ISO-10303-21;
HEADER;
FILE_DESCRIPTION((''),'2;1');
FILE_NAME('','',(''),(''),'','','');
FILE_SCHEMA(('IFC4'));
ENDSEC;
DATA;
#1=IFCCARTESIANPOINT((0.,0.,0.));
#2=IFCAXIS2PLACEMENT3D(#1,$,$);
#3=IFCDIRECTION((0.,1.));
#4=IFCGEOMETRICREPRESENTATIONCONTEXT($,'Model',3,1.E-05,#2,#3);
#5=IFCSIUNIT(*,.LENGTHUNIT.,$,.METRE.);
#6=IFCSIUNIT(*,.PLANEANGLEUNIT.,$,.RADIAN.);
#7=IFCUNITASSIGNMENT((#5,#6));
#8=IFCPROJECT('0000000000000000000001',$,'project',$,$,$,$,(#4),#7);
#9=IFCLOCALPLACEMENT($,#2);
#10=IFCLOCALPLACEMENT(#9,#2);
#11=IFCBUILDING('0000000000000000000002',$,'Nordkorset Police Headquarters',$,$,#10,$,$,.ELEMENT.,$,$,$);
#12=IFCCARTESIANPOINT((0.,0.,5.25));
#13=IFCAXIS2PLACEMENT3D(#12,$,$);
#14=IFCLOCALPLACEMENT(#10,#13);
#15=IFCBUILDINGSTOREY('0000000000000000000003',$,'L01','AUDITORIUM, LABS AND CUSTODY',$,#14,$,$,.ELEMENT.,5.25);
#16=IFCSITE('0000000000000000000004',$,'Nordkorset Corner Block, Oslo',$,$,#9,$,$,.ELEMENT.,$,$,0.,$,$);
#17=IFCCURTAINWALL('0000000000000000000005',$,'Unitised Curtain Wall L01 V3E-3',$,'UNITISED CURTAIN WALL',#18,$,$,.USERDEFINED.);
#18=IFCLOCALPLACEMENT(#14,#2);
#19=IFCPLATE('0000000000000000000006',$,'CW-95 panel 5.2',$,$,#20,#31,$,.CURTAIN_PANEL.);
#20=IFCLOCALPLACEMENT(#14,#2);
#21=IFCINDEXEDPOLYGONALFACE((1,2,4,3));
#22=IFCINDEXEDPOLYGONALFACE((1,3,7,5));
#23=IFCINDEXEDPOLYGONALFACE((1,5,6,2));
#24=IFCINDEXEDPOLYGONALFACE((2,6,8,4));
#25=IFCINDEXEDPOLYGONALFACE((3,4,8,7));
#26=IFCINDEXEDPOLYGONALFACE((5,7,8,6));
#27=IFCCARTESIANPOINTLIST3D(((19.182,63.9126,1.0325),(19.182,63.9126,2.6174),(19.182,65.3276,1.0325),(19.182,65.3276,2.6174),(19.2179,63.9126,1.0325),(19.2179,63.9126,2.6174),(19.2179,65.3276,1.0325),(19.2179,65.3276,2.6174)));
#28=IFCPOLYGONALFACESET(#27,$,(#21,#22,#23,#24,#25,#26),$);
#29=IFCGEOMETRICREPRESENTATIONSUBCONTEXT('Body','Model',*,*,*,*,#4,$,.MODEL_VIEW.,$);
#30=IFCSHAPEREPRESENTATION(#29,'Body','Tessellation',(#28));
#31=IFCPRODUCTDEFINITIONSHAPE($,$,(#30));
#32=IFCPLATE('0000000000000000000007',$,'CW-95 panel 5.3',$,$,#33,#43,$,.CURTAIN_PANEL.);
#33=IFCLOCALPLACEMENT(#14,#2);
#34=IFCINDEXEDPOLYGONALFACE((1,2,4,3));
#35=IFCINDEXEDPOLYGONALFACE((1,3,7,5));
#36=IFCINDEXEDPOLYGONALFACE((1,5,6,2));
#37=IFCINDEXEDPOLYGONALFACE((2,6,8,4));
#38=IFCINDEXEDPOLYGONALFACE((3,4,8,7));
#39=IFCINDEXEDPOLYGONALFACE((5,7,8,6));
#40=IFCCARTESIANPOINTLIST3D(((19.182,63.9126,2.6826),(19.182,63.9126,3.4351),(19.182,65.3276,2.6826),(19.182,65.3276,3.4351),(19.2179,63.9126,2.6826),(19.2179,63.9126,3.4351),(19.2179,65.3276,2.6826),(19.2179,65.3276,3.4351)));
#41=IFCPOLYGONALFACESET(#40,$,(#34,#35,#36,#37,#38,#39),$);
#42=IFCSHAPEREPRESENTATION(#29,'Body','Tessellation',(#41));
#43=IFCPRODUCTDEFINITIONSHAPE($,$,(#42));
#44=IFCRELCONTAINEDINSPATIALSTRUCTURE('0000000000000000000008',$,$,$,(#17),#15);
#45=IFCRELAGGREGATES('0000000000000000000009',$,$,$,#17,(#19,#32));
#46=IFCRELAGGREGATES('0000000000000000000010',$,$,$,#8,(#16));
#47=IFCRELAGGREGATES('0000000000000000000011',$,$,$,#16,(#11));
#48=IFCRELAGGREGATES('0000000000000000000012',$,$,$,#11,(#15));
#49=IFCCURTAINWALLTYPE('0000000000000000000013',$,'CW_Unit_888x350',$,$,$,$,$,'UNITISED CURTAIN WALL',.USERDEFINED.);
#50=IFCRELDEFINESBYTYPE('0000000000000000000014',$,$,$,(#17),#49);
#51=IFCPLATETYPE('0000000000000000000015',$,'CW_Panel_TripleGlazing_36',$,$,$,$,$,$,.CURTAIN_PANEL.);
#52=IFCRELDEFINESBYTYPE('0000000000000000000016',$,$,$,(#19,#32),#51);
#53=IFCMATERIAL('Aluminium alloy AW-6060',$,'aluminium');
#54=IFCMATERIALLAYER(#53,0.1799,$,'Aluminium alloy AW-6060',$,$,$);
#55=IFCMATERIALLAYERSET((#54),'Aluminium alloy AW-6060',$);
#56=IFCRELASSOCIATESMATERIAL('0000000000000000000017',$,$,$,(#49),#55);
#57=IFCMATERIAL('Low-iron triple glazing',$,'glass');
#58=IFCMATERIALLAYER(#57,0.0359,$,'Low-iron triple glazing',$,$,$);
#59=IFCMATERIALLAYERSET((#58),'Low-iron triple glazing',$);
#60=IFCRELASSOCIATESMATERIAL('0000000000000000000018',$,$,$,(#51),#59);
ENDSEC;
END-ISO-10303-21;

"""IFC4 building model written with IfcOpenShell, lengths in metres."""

from ifc_helpers import new_model, si_unit, direction, frame, origin, origin_2d, place, context, subcontext, project, spatial, rectangle, extrude, material, layer, layer_set, type_object, element, aggregate, save


model = new_model("IFC4")

# Units and contexts
model_context = context("Model", 3, precision=1e-05, world=origin(), true_north=direction((0.0, 1.0)))
body_context = subcontext(model_context, "Body", "Model", "MODEL_VIEW")
ifc_project = project(units=[si_unit("LENGTHUNIT", "METRE"), si_unit("PLANEANGLEUNIT", "RADIAN")], contexts=[model_context])

# Site, building, storey
site_placement = place(None, origin())
site = spatial("IfcSite", under=ifc_project, at=site_placement, Name="Nordkorset Corner Block, Oslo", CompositionType="ELEMENT", RefElevation=0.0)
building_placement = place(site_placement, origin())
building = spatial("IfcBuilding", under=site, at=building_placement, Name="Nordkorset Police Headquarters", CompositionType="ELEMENT")
storey_placement = place(building_placement, frame((0.0, 0.0, 5.25)))
storey = spatial("IfcBuildingStorey", under=building, at=storey_placement, Name="L01", Description="AUDITORIUM, LABS AND CUSTODY", CompositionType="ELEMENT", Elevation=5.25)

# Curtain wall
ifc_material_1 = material(Name="Aluminium alloy AW-6060", Category="aluminium")
ifc_layer_1 = layer(ifc_material_1, 0.1799, Name="Aluminium alloy AW-6060")
ifc_layer_set_1 = layer_set([ifc_layer_1], Name="Aluminium alloy AW-6060")
curtain_wall_type = type_object("IfcCurtainWallType", Name="CW_Unit_888x350", ElementType="UNITISED CURTAIN WALL", PredefinedType="USERDEFINED", material=ifc_layer_set_1)
curtain_wall_placement = place(storey_placement, origin())
curtain_wall = element("IfcCurtainWall", 1, at=curtain_wall_placement, inside=storey, type_object=curtain_wall_type, Name="Unitised Curtain Wall L01 V3E-3", ObjectType="UNITISED CURTAIN WALL", PredefinedType="USERDEFINED")

# Plates
ifc_material_2 = material(Name="Low-iron triple glazing", Category="glass")
ifc_layer_2 = layer(ifc_material_2, 0.0359, Name="Low-iron triple glazing")
ifc_layer_set_2 = layer_set([ifc_layer_2], Name="Low-iron triple glazing")
plate_type = type_object("IfcPlateType", Name="CW_Panel_TripleGlazing_36", PredefinedType="CURTAIN_PANEL", material=ifc_layer_set_2)
plate_1_placement = place(storey_placement, frame((19.2, 64.6201, 1.0325), z_axis=(0.0, 0.0, 1.0), x_axis=(0.0, 1.0, 0.0)))
plate_1 = element("IfcPlate", 2, at=plate_1_placement, type_object=plate_type, Name="CW-95 panel 5.2", PredefinedType="CURTAIN_PANEL", context=body_context, shape_type="SweptSolid", body=[
    extrude(rectangle(XDim=1.415, YDim=0.0359, at=origin_2d()), origin(), (0.0, 0.0, 1.0), 1.585),
])
plate_2_placement = place(storey_placement, frame((19.2, 64.6201, 2.6826), z_axis=(0.0, 0.0, 1.0), x_axis=(0.0, 1.0, 0.0)))
plate_2 = element("IfcPlate", 3, at=plate_2_placement, type_object=plate_type, Name="CW-95 panel 5.3", PredefinedType="CURTAIN_PANEL", context=body_context, shape_type="SweptSolid", body=[
    extrude(rectangle(XDim=1.415, YDim=0.0359, at=origin_2d()), origin(), (0.0, 0.0, 1.0), 0.7524),
])
aggregate(curtain_wall, [plate_1, plate_2])

save(model, "model.ifc")
